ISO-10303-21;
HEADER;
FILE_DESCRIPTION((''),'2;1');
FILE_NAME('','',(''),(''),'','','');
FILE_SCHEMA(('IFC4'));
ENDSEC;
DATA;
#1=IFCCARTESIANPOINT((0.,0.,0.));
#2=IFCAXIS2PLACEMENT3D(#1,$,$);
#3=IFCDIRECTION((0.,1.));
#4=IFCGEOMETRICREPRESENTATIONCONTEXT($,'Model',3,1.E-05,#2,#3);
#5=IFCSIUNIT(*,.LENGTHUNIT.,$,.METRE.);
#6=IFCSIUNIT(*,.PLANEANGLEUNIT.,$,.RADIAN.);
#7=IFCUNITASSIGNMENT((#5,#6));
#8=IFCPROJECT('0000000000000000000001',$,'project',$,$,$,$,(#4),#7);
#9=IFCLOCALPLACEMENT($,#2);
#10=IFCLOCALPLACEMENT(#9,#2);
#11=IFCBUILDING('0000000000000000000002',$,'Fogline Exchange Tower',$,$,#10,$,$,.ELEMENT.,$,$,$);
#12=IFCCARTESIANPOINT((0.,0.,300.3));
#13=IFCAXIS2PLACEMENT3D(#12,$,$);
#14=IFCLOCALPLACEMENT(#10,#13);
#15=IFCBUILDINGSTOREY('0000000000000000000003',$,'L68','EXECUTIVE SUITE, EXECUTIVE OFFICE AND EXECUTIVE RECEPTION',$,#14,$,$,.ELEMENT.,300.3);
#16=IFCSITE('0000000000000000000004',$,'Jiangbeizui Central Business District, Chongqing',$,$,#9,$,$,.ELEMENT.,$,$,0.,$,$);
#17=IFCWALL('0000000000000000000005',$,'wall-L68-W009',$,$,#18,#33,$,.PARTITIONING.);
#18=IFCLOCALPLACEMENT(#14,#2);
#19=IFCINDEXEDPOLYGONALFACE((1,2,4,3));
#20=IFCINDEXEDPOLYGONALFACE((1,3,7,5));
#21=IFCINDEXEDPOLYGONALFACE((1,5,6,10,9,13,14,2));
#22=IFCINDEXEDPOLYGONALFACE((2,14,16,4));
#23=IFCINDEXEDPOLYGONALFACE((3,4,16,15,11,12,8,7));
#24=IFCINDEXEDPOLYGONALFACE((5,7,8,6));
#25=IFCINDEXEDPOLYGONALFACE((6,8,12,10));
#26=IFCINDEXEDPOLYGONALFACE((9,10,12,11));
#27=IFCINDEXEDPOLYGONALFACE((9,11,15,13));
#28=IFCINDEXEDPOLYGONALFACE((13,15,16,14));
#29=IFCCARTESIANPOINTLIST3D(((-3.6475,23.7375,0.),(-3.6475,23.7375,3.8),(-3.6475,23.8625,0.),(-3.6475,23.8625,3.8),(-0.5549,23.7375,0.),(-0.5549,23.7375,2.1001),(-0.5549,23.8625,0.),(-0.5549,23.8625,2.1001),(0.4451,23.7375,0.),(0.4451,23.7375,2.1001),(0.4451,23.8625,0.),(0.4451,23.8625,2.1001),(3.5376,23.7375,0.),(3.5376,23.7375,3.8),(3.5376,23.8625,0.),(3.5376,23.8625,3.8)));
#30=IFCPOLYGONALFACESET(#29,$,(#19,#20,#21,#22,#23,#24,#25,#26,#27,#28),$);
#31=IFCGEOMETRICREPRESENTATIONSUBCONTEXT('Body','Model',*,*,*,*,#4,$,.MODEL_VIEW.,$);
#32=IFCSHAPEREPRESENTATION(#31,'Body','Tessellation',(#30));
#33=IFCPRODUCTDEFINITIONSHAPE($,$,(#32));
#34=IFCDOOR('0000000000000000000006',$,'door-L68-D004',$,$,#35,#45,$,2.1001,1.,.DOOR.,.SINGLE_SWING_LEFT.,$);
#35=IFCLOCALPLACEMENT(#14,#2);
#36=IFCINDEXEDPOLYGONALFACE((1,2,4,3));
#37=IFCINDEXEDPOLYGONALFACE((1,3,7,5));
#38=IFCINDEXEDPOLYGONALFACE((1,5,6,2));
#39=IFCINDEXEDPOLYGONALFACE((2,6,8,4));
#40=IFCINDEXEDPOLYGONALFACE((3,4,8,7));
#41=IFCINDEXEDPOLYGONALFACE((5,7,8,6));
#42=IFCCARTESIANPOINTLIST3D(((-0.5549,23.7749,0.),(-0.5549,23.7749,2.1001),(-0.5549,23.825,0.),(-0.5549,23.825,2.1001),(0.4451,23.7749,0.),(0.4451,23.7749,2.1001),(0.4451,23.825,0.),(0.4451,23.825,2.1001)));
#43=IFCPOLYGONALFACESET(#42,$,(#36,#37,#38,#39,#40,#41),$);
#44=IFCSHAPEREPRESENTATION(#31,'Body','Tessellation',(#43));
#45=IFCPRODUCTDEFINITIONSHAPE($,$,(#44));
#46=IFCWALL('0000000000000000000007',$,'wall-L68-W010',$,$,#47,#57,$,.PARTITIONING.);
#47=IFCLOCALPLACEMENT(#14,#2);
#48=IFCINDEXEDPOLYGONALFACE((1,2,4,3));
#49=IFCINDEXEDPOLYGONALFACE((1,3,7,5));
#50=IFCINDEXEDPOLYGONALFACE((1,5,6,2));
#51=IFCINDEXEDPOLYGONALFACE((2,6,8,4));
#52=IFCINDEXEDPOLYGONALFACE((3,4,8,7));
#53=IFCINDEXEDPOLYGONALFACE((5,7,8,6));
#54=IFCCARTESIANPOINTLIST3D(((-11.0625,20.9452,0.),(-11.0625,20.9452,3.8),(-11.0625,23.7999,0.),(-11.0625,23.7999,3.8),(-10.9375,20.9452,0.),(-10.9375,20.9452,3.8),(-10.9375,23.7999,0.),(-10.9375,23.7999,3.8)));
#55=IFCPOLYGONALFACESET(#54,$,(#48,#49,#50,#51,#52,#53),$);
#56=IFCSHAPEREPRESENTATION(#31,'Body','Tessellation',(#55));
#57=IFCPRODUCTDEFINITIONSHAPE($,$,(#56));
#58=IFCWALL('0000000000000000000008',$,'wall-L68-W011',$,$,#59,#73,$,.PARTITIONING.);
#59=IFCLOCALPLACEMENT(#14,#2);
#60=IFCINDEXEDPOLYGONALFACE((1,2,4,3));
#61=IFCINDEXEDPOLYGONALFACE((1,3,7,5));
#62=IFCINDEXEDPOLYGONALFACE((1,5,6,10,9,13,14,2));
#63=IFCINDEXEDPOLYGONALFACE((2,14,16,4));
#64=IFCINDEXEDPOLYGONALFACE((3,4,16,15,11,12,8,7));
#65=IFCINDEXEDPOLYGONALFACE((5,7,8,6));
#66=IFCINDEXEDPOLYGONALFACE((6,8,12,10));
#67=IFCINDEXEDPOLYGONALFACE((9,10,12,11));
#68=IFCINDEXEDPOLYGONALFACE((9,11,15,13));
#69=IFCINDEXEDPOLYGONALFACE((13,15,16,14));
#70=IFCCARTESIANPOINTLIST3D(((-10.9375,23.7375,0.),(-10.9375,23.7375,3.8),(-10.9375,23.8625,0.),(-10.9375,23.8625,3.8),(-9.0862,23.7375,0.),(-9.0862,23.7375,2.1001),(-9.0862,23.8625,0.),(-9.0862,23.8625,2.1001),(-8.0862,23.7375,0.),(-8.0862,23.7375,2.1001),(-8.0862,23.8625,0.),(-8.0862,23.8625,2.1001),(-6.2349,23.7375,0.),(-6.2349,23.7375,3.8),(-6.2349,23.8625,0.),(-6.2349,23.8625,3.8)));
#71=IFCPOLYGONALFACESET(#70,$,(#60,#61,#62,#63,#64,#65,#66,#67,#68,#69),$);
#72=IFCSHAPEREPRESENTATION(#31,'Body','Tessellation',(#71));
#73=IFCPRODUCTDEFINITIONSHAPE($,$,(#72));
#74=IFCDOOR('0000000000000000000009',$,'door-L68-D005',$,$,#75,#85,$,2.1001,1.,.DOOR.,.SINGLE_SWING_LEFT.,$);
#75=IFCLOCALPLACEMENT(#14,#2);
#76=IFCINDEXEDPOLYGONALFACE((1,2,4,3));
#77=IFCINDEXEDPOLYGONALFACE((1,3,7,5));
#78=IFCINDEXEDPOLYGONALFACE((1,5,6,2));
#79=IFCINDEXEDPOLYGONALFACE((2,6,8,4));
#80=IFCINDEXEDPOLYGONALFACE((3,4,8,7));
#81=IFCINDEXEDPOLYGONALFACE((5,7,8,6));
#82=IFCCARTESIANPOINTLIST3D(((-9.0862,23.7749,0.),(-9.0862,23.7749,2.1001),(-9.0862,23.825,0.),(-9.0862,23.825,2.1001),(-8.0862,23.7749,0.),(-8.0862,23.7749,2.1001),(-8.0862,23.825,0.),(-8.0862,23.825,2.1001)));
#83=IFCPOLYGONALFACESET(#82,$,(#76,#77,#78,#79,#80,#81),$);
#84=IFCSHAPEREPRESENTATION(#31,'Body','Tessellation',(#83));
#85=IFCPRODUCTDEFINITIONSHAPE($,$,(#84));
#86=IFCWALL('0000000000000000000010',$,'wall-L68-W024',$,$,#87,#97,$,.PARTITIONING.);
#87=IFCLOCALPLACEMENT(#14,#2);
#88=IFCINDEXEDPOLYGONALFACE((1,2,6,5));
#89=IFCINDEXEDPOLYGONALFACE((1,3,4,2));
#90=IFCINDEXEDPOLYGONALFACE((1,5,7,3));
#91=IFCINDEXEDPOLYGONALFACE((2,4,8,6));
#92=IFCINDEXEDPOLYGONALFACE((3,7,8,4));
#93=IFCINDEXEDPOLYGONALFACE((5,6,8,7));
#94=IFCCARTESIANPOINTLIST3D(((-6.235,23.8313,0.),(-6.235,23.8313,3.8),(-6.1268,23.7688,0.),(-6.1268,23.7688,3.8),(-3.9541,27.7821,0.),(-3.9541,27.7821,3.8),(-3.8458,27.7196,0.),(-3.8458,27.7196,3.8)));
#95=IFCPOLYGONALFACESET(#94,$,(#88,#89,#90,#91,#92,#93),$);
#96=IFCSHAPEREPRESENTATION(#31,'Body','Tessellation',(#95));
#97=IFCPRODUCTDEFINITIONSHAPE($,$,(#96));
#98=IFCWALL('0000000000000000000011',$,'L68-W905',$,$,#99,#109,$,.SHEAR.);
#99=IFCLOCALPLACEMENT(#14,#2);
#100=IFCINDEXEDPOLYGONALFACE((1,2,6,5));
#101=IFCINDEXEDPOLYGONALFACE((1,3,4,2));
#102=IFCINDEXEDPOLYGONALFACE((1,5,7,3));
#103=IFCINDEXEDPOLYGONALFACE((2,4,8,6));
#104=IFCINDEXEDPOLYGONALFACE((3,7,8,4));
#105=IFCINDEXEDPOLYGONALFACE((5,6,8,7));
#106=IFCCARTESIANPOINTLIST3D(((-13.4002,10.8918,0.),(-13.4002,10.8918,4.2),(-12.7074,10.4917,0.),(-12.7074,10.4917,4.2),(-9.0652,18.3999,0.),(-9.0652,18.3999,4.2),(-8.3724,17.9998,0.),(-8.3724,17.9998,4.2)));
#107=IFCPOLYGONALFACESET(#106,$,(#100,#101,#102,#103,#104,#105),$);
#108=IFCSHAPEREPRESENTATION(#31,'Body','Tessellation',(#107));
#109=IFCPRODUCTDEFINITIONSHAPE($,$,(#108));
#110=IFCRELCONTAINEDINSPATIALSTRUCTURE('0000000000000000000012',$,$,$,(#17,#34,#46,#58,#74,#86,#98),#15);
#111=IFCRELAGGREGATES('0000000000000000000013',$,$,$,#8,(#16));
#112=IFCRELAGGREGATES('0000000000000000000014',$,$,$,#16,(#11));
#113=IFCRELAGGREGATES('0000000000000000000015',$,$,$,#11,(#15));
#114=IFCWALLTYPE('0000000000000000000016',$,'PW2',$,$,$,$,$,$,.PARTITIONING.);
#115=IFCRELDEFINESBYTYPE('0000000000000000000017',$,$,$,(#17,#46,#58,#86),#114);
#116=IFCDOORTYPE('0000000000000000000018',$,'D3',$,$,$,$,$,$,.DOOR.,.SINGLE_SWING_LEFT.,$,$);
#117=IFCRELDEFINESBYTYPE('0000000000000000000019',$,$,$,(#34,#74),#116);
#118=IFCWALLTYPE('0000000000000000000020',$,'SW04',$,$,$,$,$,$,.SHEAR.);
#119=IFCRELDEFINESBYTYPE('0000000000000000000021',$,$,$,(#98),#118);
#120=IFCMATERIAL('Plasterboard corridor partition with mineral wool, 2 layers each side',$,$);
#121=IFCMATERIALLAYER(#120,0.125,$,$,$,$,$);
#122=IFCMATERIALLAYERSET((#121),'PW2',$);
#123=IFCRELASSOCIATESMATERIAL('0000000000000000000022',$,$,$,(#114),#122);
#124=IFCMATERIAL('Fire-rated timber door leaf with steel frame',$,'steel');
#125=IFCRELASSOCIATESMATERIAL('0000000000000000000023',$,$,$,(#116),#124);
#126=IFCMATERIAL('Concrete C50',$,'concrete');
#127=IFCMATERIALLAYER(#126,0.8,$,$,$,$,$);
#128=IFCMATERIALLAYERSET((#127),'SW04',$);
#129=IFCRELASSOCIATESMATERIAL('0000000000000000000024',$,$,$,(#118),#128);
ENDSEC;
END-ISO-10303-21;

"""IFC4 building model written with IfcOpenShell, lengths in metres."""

from ifc_helpers import new_model, si_unit, direction, frame, frame_2d, origin, place, context, subcontext, project, spatial, rectangle, extrude, material, layer, layer_set, type_object, element, fill, save


model = new_model("IFC4")

# Units and contexts
model_context = context("Model", 3, precision=1e-05, world=origin(), true_north=direction((0.0, 1.0)))
body_context = subcontext(model_context, "Body", "Model", "MODEL_VIEW")
ifc_project = project(units=[si_unit("LENGTHUNIT", "METRE"), si_unit("PLANEANGLEUNIT", "RADIAN")], contexts=[model_context])

# Site, building, storey
site_placement = place(None, origin())
site = spatial("IfcSite", under=ifc_project, at=site_placement, Name="Jiangbeizui Central Business District, Chongqing", CompositionType="ELEMENT", RefElevation=0.0)
building_placement = place(site_placement, origin())
building = spatial("IfcBuilding", under=site, at=building_placement, Name="Fogline Exchange Tower", CompositionType="ELEMENT")
storey_placement = place(building_placement, frame((0.0, 0.0, 300.3)))
storey = spatial("IfcBuildingStorey", under=building, at=storey_placement, Name="L68", Description="EXECUTIVE SUITE, EXECUTIVE OFFICE AND EXECUTIVE RECEPTION", CompositionType="ELEMENT", Elevation=300.3)

# Wall, opening, door
ifc_material_1 = material(Name="Plasterboard corridor partition with mineral wool, 2 layers each side")
ifc_layer_1 = layer(ifc_material_1, 0.125)
ifc_layer_set_1 = layer_set([ifc_layer_1], Name="PW2")
wall_type_1 = type_object("IfcWallType", Name="PW2", PredefinedType="PARTITIONING", material=ifc_layer_set_1)
wall_1_placement = place(storey_placement, frame((-3.6475, 23.8, 0.0), z_axis=(0.0, 0.0, 1.0), x_axis=(1.0, 0.0, 0.0)))
wall_1 = element("IfcWall", 1, at=wall_1_placement, inside=storey, type_object=wall_type_1, Name="wall-L68-W009", PredefinedType="PARTITIONING", context=body_context, shape_type="SweptSolid", body=[
    extrude(rectangle(XDim=7.1851, YDim=0.125, at=frame_2d((3.5925, 0.0))), origin(), (0.0, 0.0, 1.0), 3.8),
])
opening_1_placement = place(wall_1_placement, frame((3.0925, 0.0, 0.0)))
opening_1 = element("IfcOpeningElement", 2, at=opening_1_placement, cuts=wall_1, PredefinedType="OPENING", context=body_context, shape_type="SweptSolid", body=[
    extrude(rectangle(XDim=1.0, YDim=2.1001, at=frame_2d((0.5, 1.05))), frame((0.0, 0.0725, 0.0), z_axis=(0.0, -1.0, 0.0), x_axis=(1.0, 0.0, 0.0)), (0.0, 0.0, 1.0), 0.145),
])
ifc_material_2 = material(Name="Fire-rated timber door leaf with steel frame", Category="steel")
door_type_1 = type_object("IfcDoorType", Name="D3", OperationType="SINGLE_SWING_LEFT", PredefinedType="DOOR", material=ifc_material_2)
door_1_placement = place(opening_1_placement, origin())
door_1 = element("IfcDoor", 3, at=door_1_placement, inside=storey, type_object=door_type_1, Name="door-L68-D004", OperationType="SINGLE_SWING_LEFT", OverallHeight=2.1001, OverallWidth=1.0, PredefinedType="DOOR", context=body_context, shape_type="SweptSolid", body=[
    extrude(rectangle(XDim=1.0, YDim=2.1001, at=frame_2d((0.5, 1.05))), frame((0.0, 0.0249, 0.0), z_axis=(0.0, -1.0, 0.0), x_axis=(1.0, 0.0, 0.0)), (0.0, 0.0, 1.0), 0.05),
])
fill(opening_1, door_1)

# Wall
wall_2_placement = place(storey_placement, frame((-11.0, 20.9453, 0.0), z_axis=(0.0, 0.0, 1.0), x_axis=(0.0, 1.0, 0.0)))
element("IfcWall", 4, at=wall_2_placement, inside=storey, type_object=wall_type_1, Name="wall-L68-W010", PredefinedType="PARTITIONING", context=body_context, shape_type="SweptSolid", body=[
    extrude(rectangle(XDim=2.8547, YDim=0.125, at=frame_2d((1.4272, 0.0))), origin(), (0.0, 0.0, 1.0), 3.8),
])

# Wall, opening, door
wall_3_placement = place(storey_placement, frame((-10.9375, 23.8, 0.0), z_axis=(0.0, 0.0, 1.0), x_axis=(1.0, 0.0, 0.0)))
wall_3 = element("IfcWall", 5, at=wall_3_placement, inside=storey, type_object=wall_type_1, Name="wall-L68-W011", PredefinedType="PARTITIONING", context=body_context, shape_type="SweptSolid", body=[
    extrude(rectangle(XDim=4.7026, YDim=0.125, at=frame_2d((2.3513, 0.0))), origin(), (0.0, 0.0, 1.0), 3.8),
])
opening_2_placement = place(wall_3_placement, frame((1.8513, 0.0, 0.0)))
opening_2 = element("IfcOpeningElement", 6, at=opening_2_placement, cuts=wall_3, PredefinedType="OPENING", context=body_context, shape_type="SweptSolid", body=[
    extrude(rectangle(XDim=1.0, YDim=2.1001, at=frame_2d((0.5, 1.05))), frame((0.0, 0.0725, 0.0), z_axis=(0.0, -1.0, 0.0), x_axis=(1.0, 0.0, 0.0)), (0.0, 0.0, 1.0), 0.145),
])
door_2_placement = place(opening_2_placement, origin())
door_2 = element("IfcDoor", 7, at=door_2_placement, inside=storey, type_object=door_type_1, Name="door-L68-D005", OperationType="SINGLE_SWING_LEFT", OverallHeight=2.1001, OverallWidth=1.0, PredefinedType="DOOR", context=body_context, shape_type="SweptSolid", body=[
    extrude(rectangle(XDim=1.0, YDim=2.1001, at=frame_2d((0.5, 1.05))), frame((0.0, 0.0249, 0.0), z_axis=(0.0, -1.0, 0.0), x_axis=(1.0, 0.0, 0.0)), (0.0, 0.0, 1.0), 0.05),
])
fill(opening_2, door_2)

# Walls
wall_4_placement = place(storey_placement, frame((-6.1809, 23.8, 0.0), z_axis=(0.0, 0.0, 1.0), x_axis=(0.49999, 0.866031, 0.0)))
element("IfcWall", 8, at=wall_4_placement, inside=storey, type_object=wall_type_1, Name="wall-L68-W024", PredefinedType="PARTITIONING", context=body_context, shape_type="SweptSolid", body=[
    extrude(rectangle(XDim=4.562, YDim=0.125, at=frame_2d((2.281, 0.0))), origin(), (0.0, 0.0, 1.0), 3.8),
])
ifc_material_3 = material(Name="Concrete C50", Category="concrete")
ifc_layer_2 = layer(ifc_material_3, 0.8)
ifc_layer_set_2 = layer_set([ifc_layer_2], Name="SW04")
wall_type_2 = type_object("IfcWallType", Name="SW04", PredefinedType="SHEAR", material=ifc_layer_set_2)
wall_5_placement = place(storey_placement, frame((-8.7188, 18.2, 0.0), z_axis=(0.0, 0.0, 1.0), x_axis=(-0.500016, -0.866016, 0.0)))
element("IfcWall", 9, at=wall_5_placement, inside=storey, type_object=wall_type_2, Name="L68-W905", PredefinedType="SHEAR", context=body_context, shape_type="SweptSolid", body=[
    extrude(rectangle(XDim=8.6697, YDim=0.8, at=frame_2d((4.335, 0.0))), origin(), (0.0, 0.0, 1.0), 4.2),
])

save(model, "model.ifc")
